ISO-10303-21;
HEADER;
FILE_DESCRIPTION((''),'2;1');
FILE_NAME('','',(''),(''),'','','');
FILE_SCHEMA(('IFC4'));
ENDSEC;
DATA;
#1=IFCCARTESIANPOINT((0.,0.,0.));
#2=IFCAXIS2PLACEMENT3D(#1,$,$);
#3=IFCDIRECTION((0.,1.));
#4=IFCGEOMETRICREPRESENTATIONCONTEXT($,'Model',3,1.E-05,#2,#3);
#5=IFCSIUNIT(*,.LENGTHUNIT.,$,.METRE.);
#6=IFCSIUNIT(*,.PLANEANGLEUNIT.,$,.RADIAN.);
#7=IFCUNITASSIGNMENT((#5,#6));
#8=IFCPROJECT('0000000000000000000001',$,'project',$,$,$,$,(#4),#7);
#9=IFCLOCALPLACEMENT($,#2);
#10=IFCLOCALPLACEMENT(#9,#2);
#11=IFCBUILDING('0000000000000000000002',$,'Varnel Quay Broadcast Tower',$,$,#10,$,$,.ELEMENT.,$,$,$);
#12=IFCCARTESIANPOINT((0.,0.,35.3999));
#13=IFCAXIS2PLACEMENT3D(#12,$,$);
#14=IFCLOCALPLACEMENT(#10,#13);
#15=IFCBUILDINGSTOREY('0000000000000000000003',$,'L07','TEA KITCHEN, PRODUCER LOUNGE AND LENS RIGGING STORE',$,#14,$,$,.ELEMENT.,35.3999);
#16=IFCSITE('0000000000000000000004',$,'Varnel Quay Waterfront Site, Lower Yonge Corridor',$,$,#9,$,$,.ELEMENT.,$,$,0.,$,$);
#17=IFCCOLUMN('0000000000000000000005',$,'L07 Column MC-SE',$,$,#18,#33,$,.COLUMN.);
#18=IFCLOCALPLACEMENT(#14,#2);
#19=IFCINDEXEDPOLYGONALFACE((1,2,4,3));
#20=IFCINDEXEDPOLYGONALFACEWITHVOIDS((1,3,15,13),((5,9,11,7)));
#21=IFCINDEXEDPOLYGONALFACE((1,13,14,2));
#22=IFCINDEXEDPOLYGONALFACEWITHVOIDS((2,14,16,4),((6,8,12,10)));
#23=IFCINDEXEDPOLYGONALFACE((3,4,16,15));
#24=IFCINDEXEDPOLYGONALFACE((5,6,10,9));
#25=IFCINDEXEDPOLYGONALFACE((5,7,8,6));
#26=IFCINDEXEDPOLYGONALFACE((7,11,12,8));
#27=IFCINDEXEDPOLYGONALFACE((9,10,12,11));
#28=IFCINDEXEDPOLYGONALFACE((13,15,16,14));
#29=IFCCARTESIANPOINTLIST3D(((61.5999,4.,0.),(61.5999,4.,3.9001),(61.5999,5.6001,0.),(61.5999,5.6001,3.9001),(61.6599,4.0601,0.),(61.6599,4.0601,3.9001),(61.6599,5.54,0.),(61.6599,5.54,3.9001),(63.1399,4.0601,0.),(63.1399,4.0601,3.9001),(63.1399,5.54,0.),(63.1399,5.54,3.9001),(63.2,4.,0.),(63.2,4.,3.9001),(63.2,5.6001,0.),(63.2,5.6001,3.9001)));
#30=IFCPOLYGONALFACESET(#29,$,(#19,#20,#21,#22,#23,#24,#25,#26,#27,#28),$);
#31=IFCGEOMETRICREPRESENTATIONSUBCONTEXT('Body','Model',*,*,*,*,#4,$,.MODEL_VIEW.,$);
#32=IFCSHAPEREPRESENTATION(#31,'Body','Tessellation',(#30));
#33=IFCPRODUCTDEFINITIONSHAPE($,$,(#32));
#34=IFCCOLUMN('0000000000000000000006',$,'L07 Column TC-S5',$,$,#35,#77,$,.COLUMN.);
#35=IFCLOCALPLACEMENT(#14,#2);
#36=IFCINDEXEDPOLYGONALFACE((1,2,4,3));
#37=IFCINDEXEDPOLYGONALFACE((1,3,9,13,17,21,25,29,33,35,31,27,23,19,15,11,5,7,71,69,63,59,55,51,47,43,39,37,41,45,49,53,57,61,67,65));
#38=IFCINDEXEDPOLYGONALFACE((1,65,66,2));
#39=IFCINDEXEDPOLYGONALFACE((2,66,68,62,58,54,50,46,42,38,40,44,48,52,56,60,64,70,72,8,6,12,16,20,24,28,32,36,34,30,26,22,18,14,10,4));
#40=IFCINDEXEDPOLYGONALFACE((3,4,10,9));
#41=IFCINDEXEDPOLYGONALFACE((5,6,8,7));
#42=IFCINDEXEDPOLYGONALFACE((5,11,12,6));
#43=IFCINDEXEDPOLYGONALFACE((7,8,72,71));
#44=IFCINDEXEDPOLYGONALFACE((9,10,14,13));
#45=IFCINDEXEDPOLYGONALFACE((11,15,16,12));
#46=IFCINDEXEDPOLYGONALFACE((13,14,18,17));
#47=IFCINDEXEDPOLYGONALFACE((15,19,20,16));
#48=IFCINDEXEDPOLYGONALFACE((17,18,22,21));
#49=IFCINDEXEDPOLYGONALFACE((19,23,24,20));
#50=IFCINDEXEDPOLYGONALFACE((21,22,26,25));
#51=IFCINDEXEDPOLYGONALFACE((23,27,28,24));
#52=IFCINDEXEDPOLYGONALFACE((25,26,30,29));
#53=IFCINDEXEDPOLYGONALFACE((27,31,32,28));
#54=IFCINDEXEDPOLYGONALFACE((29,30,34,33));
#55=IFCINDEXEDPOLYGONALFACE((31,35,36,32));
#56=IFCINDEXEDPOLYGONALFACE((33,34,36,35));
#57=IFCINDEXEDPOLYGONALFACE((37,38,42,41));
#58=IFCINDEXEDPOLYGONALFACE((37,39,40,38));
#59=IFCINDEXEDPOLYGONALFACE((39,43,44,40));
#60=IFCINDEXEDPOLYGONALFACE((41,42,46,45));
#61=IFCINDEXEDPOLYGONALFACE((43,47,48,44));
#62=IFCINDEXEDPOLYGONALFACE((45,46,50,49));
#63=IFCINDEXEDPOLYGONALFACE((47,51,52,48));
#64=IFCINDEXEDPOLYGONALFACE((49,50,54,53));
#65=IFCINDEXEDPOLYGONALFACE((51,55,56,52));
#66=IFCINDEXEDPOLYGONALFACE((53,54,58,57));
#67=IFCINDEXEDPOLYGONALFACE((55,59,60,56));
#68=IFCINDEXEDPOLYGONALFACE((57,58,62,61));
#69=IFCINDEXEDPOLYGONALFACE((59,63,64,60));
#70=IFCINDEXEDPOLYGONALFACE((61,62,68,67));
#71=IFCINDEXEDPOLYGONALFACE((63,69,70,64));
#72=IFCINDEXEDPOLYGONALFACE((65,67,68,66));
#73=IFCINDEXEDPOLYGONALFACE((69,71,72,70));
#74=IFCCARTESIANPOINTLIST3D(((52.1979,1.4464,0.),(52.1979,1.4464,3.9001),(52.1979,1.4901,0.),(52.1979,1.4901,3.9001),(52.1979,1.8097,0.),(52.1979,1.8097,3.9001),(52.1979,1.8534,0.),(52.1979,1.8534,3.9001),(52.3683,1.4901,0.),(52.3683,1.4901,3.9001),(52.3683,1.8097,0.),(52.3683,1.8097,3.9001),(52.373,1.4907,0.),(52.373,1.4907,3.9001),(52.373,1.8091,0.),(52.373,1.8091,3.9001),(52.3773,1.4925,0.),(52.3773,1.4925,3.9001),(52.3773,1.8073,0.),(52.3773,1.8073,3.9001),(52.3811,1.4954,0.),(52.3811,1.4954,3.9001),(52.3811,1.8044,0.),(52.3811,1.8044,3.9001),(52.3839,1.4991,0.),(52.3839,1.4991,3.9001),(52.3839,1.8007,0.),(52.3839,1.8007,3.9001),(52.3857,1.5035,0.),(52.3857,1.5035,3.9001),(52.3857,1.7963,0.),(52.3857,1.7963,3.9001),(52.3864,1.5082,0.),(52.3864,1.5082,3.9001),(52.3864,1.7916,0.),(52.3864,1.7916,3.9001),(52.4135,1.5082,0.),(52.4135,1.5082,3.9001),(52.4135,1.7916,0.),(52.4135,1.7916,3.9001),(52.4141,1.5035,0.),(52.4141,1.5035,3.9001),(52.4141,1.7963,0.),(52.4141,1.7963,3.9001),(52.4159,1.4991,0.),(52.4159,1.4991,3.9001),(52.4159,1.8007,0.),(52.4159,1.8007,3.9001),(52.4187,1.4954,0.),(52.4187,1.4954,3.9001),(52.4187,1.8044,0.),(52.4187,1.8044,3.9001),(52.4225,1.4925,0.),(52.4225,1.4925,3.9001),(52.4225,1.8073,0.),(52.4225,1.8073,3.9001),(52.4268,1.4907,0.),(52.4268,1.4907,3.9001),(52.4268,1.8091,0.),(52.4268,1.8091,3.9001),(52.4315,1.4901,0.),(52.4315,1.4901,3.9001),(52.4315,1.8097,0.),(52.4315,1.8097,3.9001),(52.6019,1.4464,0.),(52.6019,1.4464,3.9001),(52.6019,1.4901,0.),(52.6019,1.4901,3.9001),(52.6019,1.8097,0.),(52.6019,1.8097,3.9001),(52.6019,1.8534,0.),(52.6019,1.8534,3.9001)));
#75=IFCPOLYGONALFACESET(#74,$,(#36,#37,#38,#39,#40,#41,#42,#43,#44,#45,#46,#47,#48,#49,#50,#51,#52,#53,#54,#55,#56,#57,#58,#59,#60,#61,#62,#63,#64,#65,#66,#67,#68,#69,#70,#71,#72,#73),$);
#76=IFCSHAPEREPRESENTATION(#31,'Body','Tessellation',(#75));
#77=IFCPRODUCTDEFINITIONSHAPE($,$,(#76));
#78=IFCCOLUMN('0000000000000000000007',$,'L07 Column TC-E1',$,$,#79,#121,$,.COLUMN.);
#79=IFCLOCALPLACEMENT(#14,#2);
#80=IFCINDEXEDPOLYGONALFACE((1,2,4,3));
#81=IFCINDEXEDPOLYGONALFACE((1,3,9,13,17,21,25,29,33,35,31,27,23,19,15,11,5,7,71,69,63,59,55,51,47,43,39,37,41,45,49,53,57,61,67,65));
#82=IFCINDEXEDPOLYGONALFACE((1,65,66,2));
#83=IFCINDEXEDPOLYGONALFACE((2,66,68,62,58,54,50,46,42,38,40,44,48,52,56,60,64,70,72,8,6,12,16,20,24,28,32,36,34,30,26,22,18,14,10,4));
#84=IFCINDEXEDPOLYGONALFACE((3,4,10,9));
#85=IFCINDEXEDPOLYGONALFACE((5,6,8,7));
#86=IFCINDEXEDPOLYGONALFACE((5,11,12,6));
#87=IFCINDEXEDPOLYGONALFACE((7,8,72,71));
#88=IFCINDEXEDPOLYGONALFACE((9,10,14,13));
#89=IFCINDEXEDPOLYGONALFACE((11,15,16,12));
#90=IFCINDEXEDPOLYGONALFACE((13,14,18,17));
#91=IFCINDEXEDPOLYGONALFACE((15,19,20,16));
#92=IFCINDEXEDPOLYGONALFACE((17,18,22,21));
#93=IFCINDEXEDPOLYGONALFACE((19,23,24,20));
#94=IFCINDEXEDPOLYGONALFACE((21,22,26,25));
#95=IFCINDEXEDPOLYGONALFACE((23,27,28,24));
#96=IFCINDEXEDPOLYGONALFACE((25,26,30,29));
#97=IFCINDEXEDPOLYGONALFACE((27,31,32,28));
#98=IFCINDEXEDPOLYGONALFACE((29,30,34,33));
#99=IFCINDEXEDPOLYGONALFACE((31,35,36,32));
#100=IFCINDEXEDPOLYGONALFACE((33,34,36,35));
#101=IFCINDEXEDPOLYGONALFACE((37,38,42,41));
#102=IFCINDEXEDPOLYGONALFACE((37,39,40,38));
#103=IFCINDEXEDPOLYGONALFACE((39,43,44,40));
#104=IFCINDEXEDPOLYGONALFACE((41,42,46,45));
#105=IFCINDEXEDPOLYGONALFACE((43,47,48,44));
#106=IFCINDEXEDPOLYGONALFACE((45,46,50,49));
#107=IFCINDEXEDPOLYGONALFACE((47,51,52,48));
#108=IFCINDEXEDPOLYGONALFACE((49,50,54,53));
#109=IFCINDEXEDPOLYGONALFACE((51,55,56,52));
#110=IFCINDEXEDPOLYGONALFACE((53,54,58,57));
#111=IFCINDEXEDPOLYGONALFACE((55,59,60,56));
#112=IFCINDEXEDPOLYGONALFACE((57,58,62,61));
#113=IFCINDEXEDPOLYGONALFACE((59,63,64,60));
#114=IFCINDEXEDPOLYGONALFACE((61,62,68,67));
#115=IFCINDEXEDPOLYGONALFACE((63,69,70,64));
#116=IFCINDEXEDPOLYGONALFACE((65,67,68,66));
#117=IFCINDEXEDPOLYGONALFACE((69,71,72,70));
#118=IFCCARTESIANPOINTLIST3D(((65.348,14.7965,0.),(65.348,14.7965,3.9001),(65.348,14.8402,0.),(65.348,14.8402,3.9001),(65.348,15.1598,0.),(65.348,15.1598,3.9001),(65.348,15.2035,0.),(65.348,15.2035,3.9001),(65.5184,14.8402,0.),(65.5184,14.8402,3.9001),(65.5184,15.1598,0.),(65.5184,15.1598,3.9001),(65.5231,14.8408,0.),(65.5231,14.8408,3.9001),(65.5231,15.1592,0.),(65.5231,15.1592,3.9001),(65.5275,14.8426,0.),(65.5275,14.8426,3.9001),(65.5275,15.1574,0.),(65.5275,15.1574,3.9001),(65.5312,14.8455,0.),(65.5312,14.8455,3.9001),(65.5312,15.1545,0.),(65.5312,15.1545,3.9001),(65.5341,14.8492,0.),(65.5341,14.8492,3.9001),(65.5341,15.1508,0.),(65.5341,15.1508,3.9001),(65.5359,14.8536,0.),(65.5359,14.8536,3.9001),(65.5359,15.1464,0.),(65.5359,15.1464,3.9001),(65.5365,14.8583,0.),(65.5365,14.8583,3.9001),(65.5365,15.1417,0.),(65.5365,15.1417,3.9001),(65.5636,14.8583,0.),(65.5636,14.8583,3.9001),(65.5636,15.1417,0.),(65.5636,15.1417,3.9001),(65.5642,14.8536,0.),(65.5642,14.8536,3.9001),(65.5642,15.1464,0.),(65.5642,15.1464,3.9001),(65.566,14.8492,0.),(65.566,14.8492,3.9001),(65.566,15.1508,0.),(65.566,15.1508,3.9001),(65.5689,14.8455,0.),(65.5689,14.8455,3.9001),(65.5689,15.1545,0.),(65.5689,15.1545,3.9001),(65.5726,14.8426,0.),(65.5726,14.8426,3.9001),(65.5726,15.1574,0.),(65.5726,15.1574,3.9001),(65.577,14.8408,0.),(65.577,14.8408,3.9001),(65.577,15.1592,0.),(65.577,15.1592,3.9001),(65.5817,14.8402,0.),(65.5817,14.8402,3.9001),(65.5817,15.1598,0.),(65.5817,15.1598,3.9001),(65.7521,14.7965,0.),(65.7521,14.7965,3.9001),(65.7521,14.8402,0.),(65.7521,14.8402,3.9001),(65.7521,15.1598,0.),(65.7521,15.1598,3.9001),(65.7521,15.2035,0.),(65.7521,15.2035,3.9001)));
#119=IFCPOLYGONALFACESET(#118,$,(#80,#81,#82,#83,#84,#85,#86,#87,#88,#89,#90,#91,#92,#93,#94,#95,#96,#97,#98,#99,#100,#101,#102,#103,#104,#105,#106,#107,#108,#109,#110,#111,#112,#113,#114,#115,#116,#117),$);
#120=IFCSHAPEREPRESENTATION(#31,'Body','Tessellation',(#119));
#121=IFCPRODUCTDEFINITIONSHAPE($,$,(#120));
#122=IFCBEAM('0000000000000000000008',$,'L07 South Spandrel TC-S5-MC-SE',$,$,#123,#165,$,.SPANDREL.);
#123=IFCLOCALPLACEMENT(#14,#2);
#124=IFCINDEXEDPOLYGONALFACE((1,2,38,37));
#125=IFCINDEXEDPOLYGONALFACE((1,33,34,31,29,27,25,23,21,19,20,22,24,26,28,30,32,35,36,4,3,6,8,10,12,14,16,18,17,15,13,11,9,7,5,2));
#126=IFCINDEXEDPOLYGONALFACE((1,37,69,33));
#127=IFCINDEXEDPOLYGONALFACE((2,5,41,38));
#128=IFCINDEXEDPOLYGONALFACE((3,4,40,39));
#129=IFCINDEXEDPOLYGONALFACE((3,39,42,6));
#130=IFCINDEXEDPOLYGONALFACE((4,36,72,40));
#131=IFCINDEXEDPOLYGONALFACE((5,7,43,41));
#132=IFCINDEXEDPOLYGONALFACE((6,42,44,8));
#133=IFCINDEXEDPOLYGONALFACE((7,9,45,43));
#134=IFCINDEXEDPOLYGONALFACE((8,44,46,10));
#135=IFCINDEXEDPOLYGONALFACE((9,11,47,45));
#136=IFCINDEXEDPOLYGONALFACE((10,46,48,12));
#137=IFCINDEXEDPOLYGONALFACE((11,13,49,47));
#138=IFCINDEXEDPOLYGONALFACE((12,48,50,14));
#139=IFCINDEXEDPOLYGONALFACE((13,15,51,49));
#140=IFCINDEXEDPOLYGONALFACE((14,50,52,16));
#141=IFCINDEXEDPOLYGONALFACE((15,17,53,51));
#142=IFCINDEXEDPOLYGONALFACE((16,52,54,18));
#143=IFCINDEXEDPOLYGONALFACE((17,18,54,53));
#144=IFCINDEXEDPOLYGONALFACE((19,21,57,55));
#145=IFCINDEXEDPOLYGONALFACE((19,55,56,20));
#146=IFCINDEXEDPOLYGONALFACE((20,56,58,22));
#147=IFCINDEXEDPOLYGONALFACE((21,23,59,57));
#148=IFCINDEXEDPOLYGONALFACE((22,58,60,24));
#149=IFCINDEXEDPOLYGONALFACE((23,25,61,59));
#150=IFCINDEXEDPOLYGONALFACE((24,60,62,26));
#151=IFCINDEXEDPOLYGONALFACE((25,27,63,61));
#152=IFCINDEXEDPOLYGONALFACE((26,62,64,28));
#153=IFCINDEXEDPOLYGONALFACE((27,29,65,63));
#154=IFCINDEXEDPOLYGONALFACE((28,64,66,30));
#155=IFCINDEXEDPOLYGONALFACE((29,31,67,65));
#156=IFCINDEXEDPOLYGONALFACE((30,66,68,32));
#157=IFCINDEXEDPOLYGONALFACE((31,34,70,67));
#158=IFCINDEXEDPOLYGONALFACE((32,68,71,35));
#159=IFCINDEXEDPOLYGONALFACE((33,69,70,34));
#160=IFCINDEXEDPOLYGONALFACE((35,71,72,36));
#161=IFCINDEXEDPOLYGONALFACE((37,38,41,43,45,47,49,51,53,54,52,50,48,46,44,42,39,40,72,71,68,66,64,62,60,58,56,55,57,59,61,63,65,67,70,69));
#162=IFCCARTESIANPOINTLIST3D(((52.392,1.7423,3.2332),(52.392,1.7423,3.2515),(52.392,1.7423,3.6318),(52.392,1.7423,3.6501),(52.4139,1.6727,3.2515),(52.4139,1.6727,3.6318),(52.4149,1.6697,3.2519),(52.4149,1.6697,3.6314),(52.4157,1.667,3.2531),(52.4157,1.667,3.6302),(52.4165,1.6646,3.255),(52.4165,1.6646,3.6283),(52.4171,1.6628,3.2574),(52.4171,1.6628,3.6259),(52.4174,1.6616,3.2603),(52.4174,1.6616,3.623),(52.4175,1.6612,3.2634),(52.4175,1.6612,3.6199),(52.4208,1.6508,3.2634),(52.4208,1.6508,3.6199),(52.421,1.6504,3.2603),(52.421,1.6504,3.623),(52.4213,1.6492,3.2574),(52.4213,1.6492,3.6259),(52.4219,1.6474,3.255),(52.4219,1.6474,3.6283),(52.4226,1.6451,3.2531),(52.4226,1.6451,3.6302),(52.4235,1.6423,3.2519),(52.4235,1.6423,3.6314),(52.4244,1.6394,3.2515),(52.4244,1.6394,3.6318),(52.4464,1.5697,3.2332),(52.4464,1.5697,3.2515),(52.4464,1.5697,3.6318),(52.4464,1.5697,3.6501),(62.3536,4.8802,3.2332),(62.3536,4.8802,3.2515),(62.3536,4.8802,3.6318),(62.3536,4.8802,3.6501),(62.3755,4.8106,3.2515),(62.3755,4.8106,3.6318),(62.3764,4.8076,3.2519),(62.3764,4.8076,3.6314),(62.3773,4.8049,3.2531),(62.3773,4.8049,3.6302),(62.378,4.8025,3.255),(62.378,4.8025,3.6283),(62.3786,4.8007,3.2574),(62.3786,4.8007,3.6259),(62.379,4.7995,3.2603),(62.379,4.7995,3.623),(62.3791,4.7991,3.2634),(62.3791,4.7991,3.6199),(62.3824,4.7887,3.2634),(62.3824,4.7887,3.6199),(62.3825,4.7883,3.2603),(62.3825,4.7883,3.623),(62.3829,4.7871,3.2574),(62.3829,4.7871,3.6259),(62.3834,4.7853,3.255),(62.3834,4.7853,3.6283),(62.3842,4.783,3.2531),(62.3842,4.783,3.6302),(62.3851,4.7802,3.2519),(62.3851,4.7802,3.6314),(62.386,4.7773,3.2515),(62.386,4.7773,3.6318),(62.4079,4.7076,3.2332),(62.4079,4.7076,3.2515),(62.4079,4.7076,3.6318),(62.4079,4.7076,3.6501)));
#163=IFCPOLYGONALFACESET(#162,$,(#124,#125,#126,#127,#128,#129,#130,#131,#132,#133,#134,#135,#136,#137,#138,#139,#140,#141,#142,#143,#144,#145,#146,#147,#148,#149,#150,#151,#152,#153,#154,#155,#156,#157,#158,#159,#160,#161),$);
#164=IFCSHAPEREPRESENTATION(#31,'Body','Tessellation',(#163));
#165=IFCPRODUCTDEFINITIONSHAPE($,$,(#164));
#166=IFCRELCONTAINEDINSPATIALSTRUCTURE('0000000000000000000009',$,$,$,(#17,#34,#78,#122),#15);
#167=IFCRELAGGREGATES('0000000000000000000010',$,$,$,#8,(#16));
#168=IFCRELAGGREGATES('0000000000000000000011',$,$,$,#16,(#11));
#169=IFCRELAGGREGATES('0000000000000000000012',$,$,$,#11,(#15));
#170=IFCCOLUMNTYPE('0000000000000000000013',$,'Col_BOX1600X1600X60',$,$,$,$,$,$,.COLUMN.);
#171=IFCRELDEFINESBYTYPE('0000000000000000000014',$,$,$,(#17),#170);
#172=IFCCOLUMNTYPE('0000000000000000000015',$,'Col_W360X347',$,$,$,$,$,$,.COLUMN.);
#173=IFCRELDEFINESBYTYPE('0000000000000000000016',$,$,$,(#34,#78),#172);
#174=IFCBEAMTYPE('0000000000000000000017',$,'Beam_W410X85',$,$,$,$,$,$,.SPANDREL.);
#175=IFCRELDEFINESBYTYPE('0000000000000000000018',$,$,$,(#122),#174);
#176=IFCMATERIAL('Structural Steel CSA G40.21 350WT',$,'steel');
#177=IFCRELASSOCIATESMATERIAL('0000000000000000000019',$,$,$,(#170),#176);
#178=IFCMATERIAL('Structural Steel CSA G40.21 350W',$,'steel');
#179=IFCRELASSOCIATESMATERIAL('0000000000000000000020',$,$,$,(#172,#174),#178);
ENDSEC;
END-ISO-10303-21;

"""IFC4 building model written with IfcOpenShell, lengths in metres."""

from ifc_helpers import new_model, si_unit, direction, frame, origin, origin_2d, place, context, subcontext, project, spatial, hollow_rectangle, i_section, extrude, source, transform, mapped, material, material_profile, profile_set, type_object, type_shapes, element, save


model = new_model("IFC4")

# Units and contexts
model_context = context("Model", 3, precision=1e-05, world=origin(), true_north=direction((0.0, 1.0)))
body_context = subcontext(model_context, "Body", "Model", "MODEL_VIEW")
ifc_project = project(units=[si_unit("LENGTHUNIT", "METRE"), si_unit("PLANEANGLEUNIT", "RADIAN")], contexts=[model_context])

# Site, building, storey
site_placement = place(None, origin())
site = spatial("IfcSite", under=ifc_project, at=site_placement, Name="Varnel Quay Waterfront Site, Lower Yonge Corridor", CompositionType="ELEMENT", RefElevation=0.0)
building_placement = place(site_placement, origin())
building = spatial("IfcBuilding", under=site, at=building_placement, Name="Varnel Quay Broadcast Tower", CompositionType="ELEMENT")
storey_placement = place(building_placement, frame((0.0, 0.0, 35.3999)))
storey = spatial("IfcBuildingStorey", under=building, at=storey_placement, Name="L07", Description="TEA KITCHEN, PRODUCER LOUNGE AND LENS RIGGING STORE", CompositionType="ELEMENT", Elevation=35.3999)

# Columns
ifc_material_1 = material(Name="Structural Steel CSA G40.21 350WT", Category="steel")
ifc_material_profile_1 = material_profile(ifc_material_1, hollow_rectangle(XDim=1.6001, YDim=1.6001, WallThickness=0.0601, at=origin_2d()), Name="BOX1600X1600X60")
ifc_profile_set_1 = profile_set([ifc_material_profile_1], Name="Structural Steel CSA G40.21 350WT")
column_type_1 = type_object("IfcColumnType", Name="Col_BOX1600X1600X60", PredefinedType="COLUMN", material=ifc_profile_set_1)
shared_shape_1 = source(origin(), body_context, "Body", "SweptSolid", [
    extrude(hollow_rectangle(XDim=1.6001, YDim=1.6001, WallThickness=0.0601, at=origin_2d()), origin(), (0.0, 0.0, 1.0), 3.9001),
])
type_shapes(column_type_1, [shared_shape_1])
column_placement = place(storey_placement, frame((62.3999, 4.8, 0.0), z_axis=(0.0, 0.0, 1.0), x_axis=(1.0, 0.0, 0.0)))
element("IfcColumn", 1, at=column_placement, inside=storey, type_object=column_type_1, Name="L07 Column MC-SE", PredefinedType="COLUMN", context=body_context, shape_type="MappedRepresentation", body=[
    mapped(shared_shape_1, transform((0.0, 0.0, 0.0), x_axis=(1.0, 0.0, 0.0), y_axis=(0.0, 1.0, 0.0), z_axis=(0.0, 0.0, 1.0), scale=1.0)),
])
ifc_material_2 = material(Name="Structural Steel CSA G40.21 350W", Category="steel")
ifc_material_profile_2 = material_profile(ifc_material_2, i_section(OverallWidth=0.4041, OverallDepth=0.407, WebThickness=0.0271, FlangeThickness=0.0437, FilletRadius=0.0181, at=origin_2d()), Name="W360X347")
ifc_profile_set_2 = profile_set([ifc_material_profile_2], Name="Structural Steel CSA G40.21 350W")
column_type_2 = type_object("IfcColumnType", Name="Col_W360X347", PredefinedType="COLUMN", material=ifc_profile_set_2)
shared_shape_2 = source(origin(), body_context, "Body", "SweptSolid", [
    extrude(i_section(OverallWidth=0.4041, OverallDepth=0.407, WebThickness=0.0271, FlangeThickness=0.0437, FilletRadius=0.0181, at=origin_2d()), origin(), (0.0, 0.0, 1.0), 3.9001),
])
type_shapes(column_type_2, [shared_shape_2])
for number, where, z_axis, x_axis, name in (
    (2, (52.3999, 1.6499, 0.0), (0.0, 0.0, 1.0), (1.0, 0.0, 0.0), "L07 Column TC-S5"),
    (3, (65.55, 15.0, 0.0), (0.0, 0.0, 1.0), (1.0, 0.0, 0.0), "L07 Column TC-E1"),
):
    element("IfcColumn", number, at=place(storey_placement, frame(where, z_axis=z_axis, x_axis=x_axis)), inside=storey, type_object=column_type_2, Name=name, PredefinedType="COLUMN", context=body_context, shape_type="MappedRepresentation", body=[
        mapped(shared_shape_2, transform((0.0, 0.0, 0.0), x_axis=(1.0, 0.0, 0.0), y_axis=(0.0, 1.0, 0.0), z_axis=(0.0, 0.0, 1.0), scale=1.0)),
    ])

# Beam
ifc_material_profile_3 = material_profile(ifc_material_2, i_section(OverallWidth=0.1809, OverallDepth=0.417, WebThickness=0.011, FlangeThickness=0.0183, FilletRadius=0.012, at=origin_2d()), Name="W410X85")
ifc_profile_set_3 = profile_set([ifc_material_profile_3], Name="Structural Steel CSA G40.21 350W")
beam_type = type_object("IfcBeamType", Name="Beam_W410X85", PredefinedType="SPANDREL", material=ifc_profile_set_3)
shared_shape_3 = source(origin(), body_context, "Body", "SweptSolid", [
    extrude(i_section(OverallWidth=0.1809, OverallDepth=0.417, WebThickness=0.011, FlangeThickness=0.0183, FilletRadius=0.012, at=origin_2d()), origin(), (0.0, 0.0, 1.0), 10.4441),
])
beam_1_placement = place(storey_placement, frame((52.4192, 1.656, 3.4417), z_axis=(0.953798, 0.300448, 0.0), x_axis=(-0.300448, 0.953798, 0.0)))
element("IfcBeam", 4, at=beam_1_placement, inside=storey, type_object=beam_type, Name="L07 South Spandrel TC-S5-MC-SE", PredefinedType="SPANDREL", context=body_context, shape_type="MappedRepresentation", body=[
    mapped(shared_shape_3, transform((0.0, 0.0, 0.0), x_axis=(1.0, 0.0, 0.0), y_axis=(0.0, 1.0, 0.0), z_axis=(0.0, 0.0, 1.0), scale=1.0)),
])

save(model, "model.ifc")
